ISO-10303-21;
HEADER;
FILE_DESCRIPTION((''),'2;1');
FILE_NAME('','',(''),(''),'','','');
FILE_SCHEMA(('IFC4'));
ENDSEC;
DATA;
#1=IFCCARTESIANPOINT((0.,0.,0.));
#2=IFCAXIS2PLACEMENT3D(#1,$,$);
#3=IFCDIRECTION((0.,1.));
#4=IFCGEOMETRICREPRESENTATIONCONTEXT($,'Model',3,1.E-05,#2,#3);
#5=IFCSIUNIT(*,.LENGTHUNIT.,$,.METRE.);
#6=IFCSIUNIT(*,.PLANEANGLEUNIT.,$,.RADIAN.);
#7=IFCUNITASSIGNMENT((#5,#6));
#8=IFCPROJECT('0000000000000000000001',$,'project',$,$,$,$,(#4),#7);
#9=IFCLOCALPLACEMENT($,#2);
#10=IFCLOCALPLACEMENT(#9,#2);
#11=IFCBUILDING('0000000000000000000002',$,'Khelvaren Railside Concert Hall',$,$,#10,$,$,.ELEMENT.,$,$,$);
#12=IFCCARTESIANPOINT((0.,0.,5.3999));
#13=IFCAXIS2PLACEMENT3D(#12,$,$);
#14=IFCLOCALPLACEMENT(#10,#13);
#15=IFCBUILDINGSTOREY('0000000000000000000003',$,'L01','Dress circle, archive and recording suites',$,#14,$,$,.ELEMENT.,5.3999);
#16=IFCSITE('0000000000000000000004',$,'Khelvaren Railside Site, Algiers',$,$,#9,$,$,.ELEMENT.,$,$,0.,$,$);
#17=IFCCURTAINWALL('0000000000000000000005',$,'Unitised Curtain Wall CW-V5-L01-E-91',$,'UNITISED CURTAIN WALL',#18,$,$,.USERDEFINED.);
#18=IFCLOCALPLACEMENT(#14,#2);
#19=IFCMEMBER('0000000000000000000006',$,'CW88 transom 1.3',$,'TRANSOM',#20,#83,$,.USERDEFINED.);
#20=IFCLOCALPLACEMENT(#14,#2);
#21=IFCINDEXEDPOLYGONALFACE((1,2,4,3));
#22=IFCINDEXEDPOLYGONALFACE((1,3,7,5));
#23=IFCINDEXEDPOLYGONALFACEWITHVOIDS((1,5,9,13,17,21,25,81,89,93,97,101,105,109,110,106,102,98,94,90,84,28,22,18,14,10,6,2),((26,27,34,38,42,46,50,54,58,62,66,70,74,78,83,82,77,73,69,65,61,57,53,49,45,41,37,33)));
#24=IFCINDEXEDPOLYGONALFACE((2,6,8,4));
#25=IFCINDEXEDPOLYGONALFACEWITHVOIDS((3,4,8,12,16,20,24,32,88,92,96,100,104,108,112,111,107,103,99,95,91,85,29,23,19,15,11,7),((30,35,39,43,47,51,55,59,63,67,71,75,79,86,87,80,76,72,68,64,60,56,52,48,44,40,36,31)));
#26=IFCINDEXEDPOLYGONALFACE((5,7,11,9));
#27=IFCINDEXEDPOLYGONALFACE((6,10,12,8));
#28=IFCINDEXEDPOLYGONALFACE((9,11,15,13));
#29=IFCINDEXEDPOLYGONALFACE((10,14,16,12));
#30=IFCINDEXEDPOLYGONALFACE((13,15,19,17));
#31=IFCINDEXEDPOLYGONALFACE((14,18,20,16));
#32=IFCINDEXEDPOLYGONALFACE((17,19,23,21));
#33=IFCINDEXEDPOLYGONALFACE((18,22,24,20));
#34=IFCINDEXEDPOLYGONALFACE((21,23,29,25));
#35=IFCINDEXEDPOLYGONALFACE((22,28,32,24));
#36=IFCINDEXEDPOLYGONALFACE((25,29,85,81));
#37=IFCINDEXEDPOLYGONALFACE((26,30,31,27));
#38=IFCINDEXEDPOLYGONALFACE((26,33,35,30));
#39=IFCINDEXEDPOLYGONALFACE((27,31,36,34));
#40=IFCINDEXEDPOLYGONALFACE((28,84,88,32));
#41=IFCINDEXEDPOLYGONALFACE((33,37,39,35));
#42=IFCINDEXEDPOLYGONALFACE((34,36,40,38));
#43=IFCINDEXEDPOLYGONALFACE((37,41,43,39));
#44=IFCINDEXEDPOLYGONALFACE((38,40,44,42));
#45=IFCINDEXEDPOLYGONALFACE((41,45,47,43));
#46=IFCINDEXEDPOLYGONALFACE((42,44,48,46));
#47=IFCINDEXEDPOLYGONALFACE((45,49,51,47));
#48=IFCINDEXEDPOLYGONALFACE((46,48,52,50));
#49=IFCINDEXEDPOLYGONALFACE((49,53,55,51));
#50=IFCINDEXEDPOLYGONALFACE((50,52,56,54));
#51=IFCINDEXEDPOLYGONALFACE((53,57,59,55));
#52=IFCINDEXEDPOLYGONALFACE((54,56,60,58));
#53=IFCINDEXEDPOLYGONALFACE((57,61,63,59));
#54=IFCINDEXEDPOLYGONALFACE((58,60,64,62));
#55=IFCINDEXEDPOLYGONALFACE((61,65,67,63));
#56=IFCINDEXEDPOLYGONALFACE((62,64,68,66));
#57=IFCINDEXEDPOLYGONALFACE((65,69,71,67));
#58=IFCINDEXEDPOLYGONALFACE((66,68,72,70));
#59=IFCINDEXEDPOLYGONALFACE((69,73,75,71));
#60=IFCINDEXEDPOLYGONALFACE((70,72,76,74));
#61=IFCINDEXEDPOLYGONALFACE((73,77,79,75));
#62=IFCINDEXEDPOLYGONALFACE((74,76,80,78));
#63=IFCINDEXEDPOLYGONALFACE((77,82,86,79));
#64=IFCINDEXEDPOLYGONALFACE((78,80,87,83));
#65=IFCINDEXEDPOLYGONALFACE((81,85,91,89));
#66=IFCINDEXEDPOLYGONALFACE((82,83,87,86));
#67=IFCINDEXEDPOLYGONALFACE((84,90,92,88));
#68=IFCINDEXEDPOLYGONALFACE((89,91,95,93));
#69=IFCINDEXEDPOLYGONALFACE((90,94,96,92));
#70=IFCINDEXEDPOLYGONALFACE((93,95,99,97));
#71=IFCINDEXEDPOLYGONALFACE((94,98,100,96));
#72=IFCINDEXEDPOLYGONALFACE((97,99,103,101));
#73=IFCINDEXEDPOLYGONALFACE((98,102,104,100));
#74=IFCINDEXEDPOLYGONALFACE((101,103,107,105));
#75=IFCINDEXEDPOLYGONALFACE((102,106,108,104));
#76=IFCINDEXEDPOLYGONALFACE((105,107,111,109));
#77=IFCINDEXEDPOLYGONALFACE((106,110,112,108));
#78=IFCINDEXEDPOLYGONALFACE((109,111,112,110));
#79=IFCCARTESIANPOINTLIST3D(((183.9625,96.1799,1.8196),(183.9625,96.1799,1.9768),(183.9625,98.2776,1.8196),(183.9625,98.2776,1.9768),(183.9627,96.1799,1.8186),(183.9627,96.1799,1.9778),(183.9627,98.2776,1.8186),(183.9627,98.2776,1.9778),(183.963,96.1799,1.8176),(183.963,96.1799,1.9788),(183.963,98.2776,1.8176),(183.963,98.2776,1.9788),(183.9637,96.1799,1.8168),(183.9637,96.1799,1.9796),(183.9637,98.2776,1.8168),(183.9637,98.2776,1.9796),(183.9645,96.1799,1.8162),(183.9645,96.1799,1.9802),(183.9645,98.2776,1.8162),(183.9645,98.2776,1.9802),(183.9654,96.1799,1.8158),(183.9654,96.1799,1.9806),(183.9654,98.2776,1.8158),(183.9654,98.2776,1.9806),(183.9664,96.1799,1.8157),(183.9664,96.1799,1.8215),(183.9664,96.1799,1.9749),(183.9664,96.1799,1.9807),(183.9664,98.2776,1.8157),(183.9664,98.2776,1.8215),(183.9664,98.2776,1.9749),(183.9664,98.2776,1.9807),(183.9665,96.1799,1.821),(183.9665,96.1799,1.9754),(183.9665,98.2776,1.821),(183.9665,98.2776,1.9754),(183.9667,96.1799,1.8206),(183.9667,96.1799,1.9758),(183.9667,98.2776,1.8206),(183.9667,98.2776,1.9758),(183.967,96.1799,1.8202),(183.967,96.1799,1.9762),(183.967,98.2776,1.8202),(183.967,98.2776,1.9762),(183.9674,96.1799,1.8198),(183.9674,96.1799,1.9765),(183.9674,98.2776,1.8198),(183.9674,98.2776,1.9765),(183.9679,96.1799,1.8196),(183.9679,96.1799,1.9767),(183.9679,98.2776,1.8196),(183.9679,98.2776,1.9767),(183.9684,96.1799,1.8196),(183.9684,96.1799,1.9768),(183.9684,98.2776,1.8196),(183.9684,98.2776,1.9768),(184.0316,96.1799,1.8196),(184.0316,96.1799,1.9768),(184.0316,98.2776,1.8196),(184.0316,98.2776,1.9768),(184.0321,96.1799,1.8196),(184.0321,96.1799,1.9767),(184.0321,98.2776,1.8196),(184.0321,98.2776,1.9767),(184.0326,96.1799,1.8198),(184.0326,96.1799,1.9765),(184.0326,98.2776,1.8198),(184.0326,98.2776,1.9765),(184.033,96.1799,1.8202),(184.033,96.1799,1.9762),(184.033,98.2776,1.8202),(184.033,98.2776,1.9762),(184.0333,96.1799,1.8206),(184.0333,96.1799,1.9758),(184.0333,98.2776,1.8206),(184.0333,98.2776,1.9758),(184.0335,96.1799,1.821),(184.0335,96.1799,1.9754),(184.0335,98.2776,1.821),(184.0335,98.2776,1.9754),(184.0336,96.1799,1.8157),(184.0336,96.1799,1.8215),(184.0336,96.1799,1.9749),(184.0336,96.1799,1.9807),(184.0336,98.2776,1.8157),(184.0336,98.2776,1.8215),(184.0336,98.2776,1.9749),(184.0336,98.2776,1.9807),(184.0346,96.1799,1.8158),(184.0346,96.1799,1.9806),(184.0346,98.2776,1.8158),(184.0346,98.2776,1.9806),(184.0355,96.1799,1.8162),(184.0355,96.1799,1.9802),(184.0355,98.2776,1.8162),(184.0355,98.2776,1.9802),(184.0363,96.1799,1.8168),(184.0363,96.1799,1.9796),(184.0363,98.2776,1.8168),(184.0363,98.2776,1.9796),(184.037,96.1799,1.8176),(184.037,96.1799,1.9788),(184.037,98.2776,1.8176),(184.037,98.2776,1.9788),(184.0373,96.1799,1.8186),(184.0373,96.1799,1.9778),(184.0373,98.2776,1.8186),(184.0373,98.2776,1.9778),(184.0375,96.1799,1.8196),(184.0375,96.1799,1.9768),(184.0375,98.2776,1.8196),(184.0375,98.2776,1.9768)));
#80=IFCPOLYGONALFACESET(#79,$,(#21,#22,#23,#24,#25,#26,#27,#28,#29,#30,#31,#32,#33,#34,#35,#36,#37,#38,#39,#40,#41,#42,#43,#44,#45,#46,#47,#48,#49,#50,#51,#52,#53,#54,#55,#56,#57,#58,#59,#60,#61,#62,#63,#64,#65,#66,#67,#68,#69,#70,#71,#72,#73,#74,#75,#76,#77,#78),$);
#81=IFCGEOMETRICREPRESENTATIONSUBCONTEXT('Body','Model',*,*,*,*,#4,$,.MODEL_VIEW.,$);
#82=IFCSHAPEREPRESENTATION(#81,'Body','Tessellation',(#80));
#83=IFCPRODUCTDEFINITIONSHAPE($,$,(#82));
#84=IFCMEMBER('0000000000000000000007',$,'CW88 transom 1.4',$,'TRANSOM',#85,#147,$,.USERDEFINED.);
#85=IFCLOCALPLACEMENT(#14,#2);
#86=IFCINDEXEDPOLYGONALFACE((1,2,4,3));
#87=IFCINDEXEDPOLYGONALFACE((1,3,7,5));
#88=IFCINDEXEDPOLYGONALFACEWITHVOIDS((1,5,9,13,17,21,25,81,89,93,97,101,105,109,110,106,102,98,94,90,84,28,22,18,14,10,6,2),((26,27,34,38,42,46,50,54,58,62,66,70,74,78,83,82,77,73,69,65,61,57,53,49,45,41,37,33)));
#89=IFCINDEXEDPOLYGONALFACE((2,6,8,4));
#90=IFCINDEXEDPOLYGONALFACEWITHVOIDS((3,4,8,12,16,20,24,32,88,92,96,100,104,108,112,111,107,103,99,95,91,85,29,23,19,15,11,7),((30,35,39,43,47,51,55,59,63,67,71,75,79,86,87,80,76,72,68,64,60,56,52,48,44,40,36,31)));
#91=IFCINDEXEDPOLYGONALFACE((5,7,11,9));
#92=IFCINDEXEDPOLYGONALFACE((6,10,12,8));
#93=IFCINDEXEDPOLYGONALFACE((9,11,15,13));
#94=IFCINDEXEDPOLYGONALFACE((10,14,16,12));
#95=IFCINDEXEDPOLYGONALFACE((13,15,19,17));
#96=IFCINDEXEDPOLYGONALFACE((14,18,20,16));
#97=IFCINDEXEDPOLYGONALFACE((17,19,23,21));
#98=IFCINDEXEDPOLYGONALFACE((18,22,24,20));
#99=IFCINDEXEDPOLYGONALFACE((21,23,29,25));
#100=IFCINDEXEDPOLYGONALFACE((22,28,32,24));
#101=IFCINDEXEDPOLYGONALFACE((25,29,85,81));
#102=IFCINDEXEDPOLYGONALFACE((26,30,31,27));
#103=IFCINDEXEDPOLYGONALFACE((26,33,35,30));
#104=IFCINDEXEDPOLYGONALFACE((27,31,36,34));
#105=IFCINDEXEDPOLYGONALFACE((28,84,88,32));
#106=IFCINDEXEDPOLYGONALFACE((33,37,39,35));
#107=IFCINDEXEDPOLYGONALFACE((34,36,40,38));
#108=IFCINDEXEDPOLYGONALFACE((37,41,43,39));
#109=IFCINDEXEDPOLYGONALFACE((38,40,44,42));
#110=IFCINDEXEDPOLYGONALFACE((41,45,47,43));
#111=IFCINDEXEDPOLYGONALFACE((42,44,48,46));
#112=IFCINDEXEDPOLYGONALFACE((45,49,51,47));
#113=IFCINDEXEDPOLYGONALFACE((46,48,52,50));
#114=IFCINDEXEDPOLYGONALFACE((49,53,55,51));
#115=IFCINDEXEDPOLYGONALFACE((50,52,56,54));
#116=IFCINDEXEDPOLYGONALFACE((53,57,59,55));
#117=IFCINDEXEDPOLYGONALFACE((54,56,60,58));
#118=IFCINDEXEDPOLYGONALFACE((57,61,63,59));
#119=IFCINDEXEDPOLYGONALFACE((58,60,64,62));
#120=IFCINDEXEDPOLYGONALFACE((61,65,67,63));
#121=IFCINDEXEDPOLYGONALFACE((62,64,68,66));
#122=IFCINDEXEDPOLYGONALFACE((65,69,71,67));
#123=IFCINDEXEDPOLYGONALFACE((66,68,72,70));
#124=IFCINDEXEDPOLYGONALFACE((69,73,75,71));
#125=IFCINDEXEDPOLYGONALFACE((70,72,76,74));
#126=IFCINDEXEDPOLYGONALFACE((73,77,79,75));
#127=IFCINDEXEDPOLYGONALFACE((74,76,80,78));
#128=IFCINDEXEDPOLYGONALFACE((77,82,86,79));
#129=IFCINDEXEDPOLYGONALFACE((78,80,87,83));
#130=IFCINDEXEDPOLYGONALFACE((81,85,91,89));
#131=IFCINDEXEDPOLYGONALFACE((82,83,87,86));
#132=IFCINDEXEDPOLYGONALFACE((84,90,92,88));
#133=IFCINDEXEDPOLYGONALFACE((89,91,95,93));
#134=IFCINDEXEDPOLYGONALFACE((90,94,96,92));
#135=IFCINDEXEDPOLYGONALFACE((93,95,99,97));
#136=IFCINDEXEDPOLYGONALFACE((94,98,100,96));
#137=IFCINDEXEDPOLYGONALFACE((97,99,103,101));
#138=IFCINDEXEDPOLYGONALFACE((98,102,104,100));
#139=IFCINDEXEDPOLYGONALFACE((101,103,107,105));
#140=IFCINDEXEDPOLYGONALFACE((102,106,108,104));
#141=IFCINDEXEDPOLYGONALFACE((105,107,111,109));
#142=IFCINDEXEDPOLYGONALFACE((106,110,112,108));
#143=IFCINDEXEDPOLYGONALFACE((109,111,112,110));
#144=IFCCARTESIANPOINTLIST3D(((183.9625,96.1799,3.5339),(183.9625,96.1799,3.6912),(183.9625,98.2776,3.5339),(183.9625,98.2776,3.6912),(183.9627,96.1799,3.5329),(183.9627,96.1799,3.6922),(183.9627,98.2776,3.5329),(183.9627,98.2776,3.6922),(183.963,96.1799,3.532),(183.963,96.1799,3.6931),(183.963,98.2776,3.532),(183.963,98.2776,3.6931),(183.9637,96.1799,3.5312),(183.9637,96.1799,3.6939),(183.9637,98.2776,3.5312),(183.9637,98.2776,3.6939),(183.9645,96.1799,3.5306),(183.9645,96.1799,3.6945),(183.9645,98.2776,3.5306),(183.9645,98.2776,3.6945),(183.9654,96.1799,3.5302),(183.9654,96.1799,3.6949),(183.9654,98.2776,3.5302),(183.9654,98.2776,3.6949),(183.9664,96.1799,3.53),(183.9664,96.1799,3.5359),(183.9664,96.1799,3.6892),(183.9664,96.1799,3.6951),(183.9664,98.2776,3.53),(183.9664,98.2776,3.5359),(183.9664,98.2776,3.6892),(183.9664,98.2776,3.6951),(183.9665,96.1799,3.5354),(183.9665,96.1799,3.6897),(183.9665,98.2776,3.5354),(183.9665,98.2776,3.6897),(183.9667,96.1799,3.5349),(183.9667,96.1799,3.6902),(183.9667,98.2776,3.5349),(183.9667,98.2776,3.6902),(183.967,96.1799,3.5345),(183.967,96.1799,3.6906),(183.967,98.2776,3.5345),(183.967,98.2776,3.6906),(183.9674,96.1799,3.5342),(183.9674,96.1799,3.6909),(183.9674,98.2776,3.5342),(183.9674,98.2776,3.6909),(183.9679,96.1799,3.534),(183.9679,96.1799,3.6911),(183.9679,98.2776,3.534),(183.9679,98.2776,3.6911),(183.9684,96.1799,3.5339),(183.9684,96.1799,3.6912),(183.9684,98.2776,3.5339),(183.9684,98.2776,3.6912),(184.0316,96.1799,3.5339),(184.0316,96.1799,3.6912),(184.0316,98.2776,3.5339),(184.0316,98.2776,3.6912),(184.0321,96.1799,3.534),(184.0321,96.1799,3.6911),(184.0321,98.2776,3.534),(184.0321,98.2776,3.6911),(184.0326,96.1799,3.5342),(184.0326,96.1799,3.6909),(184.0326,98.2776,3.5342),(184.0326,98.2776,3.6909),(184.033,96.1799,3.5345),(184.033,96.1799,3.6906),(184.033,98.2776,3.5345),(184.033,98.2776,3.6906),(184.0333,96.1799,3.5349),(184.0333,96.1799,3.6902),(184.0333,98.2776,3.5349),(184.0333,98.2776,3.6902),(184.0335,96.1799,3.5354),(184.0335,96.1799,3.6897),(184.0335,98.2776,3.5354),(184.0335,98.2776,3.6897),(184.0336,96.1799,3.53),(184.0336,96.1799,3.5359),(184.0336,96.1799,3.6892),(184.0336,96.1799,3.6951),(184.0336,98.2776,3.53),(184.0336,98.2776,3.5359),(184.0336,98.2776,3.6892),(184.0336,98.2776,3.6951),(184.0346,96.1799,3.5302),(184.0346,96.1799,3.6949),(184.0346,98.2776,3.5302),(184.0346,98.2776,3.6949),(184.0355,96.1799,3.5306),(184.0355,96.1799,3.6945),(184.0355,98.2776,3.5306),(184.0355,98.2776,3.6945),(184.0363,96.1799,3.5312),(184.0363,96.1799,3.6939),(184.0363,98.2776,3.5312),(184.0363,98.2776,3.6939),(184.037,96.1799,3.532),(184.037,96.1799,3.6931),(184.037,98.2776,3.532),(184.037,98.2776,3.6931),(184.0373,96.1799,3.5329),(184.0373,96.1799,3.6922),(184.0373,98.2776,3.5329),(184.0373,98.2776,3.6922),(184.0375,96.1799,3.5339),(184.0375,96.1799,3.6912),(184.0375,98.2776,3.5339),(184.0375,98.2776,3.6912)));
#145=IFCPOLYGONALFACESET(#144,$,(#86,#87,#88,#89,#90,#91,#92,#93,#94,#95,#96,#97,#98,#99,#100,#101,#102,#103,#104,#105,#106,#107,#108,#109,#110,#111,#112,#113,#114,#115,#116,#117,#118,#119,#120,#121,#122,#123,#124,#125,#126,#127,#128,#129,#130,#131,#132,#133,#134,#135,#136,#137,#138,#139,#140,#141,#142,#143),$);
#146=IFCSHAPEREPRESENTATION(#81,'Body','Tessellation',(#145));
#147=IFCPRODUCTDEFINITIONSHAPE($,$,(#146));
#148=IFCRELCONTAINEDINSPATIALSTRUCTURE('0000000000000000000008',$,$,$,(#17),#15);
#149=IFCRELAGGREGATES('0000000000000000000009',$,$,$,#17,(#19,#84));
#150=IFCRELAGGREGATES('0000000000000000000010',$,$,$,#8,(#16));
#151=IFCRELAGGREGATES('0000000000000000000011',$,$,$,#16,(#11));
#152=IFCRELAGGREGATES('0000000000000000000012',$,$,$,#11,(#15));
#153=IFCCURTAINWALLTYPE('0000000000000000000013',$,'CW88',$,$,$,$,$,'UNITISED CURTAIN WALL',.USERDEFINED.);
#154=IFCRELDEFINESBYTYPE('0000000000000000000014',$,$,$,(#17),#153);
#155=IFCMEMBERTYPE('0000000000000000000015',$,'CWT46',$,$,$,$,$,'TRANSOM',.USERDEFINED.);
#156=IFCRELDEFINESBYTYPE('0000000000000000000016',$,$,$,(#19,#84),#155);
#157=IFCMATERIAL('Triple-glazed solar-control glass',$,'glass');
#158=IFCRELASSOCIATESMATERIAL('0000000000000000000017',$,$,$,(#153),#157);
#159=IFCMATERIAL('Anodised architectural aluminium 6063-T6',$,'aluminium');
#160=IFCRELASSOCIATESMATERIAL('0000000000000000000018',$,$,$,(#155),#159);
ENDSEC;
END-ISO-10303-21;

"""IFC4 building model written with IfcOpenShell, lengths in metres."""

from ifc_helpers import new_model, si_unit, direction, frame, origin, origin_2d, place, context, subcontext, project, spatial, hollow_rectangle, extrude, material, material_profile, profile_set, type_object, element, aggregate, save


model = new_model("IFC4")

# Units and contexts
model_context = context("Model", 3, precision=1e-05, world=origin(), true_north=direction((0.0, 1.0)))
body_context = subcontext(model_context, "Body", "Model", "MODEL_VIEW")
ifc_project = project(units=[si_unit("LENGTHUNIT", "METRE"), si_unit("PLANEANGLEUNIT", "RADIAN")], contexts=[model_context])

# Site, building, storey
site_placement = place(None, origin())
site = spatial("IfcSite", under=ifc_project, at=site_placement, Name="Khelvaren Railside Site, Algiers", CompositionType="ELEMENT", RefElevation=0.0)
building_placement = place(site_placement, origin())
building = spatial("IfcBuilding", under=site, at=building_placement, Name="Khelvaren Railside Concert Hall", CompositionType="ELEMENT")
storey_placement = place(building_placement, frame((0.0, 0.0, 5.3999)))
storey = spatial("IfcBuildingStorey", under=building, at=storey_placement, Name="L01", Description="Dress circle, archive and recording suites", CompositionType="ELEMENT", Elevation=5.3999)

# Curtain wall, members
ifc_material_1 = material(Name="Triple-glazed solar-control glass", Category="glass")
curtain_wall_type = type_object("IfcCurtainWallType", Name="CW88", ElementType="UNITISED CURTAIN WALL", PredefinedType="USERDEFINED", material=ifc_material_1)
curtain_wall_placement = place(storey_placement, origin())
curtain_wall = element("IfcCurtainWall", 1, at=curtain_wall_placement, inside=storey, type_object=curtain_wall_type, Name="Unitised Curtain Wall CW-V5-L01-E-91", ObjectType="UNITISED CURTAIN WALL", PredefinedType="USERDEFINED")
ifc_material_2 = material(Name="Anodised architectural aluminium 6063-T6", Category="aluminium")
ifc_material_profile_1 = material_profile(ifc_material_2, hollow_rectangle(XDim=0.075, YDim=0.165, WallThickness=0.0039, InnerFilletRadius=0.002, OuterFilletRadius=0.0039, at=origin_2d()), Name="CWT 75x165x4")
ifc_profile_set_1 = profile_set([ifc_material_profile_1], Name="Anodised architectural aluminium 6063-T6")
member_type_1 = type_object("IfcMemberType", Name="CWT46", ElementType="TRANSOM", PredefinedType="USERDEFINED", material=ifc_profile_set_1)
member_1_placement = place(storey_placement, frame((184.0, 98.2776, 1.8982), z_axis=(0.0, -1.0, 0.0), x_axis=(1.0, 0.0, 0.0)))
member_1 = element("IfcMember", 2, at=member_1_placement, type_object=member_type_1, Name="CW88 transom 1.3", ObjectType="TRANSOM", PredefinedType="USERDEFINED", context=body_context, shape_type="SweptSolid", body=[
    extrude(hollow_rectangle(XDim=0.075, YDim=0.165, WallThickness=0.0039, InnerFilletRadius=0.002, OuterFilletRadius=0.0039, at=origin_2d()), origin(), (0.0, 0.0, 1.0), 2.0977),
])
member_2_placement = place(storey_placement, frame((184.0, 98.2776, 3.6125), z_axis=(0.0, -1.0, 0.0), x_axis=(1.0, 0.0, 0.0)))
member_2 = element("IfcMember", 3, at=member_2_placement, type_object=member_type_1, Name="CW88 transom 1.4", ObjectType="TRANSOM", PredefinedType="USERDEFINED", context=body_context, shape_type="SweptSolid", body=[
    extrude(hollow_rectangle(XDim=0.075, YDim=0.165, WallThickness=0.0039, InnerFilletRadius=0.002, OuterFilletRadius=0.0039, at=origin_2d()), origin(), (0.0, 0.0, 1.0), 2.0977),
])

aggregate(curtain_wall, [member_1, member_2])

save(model, "model.ifc")
